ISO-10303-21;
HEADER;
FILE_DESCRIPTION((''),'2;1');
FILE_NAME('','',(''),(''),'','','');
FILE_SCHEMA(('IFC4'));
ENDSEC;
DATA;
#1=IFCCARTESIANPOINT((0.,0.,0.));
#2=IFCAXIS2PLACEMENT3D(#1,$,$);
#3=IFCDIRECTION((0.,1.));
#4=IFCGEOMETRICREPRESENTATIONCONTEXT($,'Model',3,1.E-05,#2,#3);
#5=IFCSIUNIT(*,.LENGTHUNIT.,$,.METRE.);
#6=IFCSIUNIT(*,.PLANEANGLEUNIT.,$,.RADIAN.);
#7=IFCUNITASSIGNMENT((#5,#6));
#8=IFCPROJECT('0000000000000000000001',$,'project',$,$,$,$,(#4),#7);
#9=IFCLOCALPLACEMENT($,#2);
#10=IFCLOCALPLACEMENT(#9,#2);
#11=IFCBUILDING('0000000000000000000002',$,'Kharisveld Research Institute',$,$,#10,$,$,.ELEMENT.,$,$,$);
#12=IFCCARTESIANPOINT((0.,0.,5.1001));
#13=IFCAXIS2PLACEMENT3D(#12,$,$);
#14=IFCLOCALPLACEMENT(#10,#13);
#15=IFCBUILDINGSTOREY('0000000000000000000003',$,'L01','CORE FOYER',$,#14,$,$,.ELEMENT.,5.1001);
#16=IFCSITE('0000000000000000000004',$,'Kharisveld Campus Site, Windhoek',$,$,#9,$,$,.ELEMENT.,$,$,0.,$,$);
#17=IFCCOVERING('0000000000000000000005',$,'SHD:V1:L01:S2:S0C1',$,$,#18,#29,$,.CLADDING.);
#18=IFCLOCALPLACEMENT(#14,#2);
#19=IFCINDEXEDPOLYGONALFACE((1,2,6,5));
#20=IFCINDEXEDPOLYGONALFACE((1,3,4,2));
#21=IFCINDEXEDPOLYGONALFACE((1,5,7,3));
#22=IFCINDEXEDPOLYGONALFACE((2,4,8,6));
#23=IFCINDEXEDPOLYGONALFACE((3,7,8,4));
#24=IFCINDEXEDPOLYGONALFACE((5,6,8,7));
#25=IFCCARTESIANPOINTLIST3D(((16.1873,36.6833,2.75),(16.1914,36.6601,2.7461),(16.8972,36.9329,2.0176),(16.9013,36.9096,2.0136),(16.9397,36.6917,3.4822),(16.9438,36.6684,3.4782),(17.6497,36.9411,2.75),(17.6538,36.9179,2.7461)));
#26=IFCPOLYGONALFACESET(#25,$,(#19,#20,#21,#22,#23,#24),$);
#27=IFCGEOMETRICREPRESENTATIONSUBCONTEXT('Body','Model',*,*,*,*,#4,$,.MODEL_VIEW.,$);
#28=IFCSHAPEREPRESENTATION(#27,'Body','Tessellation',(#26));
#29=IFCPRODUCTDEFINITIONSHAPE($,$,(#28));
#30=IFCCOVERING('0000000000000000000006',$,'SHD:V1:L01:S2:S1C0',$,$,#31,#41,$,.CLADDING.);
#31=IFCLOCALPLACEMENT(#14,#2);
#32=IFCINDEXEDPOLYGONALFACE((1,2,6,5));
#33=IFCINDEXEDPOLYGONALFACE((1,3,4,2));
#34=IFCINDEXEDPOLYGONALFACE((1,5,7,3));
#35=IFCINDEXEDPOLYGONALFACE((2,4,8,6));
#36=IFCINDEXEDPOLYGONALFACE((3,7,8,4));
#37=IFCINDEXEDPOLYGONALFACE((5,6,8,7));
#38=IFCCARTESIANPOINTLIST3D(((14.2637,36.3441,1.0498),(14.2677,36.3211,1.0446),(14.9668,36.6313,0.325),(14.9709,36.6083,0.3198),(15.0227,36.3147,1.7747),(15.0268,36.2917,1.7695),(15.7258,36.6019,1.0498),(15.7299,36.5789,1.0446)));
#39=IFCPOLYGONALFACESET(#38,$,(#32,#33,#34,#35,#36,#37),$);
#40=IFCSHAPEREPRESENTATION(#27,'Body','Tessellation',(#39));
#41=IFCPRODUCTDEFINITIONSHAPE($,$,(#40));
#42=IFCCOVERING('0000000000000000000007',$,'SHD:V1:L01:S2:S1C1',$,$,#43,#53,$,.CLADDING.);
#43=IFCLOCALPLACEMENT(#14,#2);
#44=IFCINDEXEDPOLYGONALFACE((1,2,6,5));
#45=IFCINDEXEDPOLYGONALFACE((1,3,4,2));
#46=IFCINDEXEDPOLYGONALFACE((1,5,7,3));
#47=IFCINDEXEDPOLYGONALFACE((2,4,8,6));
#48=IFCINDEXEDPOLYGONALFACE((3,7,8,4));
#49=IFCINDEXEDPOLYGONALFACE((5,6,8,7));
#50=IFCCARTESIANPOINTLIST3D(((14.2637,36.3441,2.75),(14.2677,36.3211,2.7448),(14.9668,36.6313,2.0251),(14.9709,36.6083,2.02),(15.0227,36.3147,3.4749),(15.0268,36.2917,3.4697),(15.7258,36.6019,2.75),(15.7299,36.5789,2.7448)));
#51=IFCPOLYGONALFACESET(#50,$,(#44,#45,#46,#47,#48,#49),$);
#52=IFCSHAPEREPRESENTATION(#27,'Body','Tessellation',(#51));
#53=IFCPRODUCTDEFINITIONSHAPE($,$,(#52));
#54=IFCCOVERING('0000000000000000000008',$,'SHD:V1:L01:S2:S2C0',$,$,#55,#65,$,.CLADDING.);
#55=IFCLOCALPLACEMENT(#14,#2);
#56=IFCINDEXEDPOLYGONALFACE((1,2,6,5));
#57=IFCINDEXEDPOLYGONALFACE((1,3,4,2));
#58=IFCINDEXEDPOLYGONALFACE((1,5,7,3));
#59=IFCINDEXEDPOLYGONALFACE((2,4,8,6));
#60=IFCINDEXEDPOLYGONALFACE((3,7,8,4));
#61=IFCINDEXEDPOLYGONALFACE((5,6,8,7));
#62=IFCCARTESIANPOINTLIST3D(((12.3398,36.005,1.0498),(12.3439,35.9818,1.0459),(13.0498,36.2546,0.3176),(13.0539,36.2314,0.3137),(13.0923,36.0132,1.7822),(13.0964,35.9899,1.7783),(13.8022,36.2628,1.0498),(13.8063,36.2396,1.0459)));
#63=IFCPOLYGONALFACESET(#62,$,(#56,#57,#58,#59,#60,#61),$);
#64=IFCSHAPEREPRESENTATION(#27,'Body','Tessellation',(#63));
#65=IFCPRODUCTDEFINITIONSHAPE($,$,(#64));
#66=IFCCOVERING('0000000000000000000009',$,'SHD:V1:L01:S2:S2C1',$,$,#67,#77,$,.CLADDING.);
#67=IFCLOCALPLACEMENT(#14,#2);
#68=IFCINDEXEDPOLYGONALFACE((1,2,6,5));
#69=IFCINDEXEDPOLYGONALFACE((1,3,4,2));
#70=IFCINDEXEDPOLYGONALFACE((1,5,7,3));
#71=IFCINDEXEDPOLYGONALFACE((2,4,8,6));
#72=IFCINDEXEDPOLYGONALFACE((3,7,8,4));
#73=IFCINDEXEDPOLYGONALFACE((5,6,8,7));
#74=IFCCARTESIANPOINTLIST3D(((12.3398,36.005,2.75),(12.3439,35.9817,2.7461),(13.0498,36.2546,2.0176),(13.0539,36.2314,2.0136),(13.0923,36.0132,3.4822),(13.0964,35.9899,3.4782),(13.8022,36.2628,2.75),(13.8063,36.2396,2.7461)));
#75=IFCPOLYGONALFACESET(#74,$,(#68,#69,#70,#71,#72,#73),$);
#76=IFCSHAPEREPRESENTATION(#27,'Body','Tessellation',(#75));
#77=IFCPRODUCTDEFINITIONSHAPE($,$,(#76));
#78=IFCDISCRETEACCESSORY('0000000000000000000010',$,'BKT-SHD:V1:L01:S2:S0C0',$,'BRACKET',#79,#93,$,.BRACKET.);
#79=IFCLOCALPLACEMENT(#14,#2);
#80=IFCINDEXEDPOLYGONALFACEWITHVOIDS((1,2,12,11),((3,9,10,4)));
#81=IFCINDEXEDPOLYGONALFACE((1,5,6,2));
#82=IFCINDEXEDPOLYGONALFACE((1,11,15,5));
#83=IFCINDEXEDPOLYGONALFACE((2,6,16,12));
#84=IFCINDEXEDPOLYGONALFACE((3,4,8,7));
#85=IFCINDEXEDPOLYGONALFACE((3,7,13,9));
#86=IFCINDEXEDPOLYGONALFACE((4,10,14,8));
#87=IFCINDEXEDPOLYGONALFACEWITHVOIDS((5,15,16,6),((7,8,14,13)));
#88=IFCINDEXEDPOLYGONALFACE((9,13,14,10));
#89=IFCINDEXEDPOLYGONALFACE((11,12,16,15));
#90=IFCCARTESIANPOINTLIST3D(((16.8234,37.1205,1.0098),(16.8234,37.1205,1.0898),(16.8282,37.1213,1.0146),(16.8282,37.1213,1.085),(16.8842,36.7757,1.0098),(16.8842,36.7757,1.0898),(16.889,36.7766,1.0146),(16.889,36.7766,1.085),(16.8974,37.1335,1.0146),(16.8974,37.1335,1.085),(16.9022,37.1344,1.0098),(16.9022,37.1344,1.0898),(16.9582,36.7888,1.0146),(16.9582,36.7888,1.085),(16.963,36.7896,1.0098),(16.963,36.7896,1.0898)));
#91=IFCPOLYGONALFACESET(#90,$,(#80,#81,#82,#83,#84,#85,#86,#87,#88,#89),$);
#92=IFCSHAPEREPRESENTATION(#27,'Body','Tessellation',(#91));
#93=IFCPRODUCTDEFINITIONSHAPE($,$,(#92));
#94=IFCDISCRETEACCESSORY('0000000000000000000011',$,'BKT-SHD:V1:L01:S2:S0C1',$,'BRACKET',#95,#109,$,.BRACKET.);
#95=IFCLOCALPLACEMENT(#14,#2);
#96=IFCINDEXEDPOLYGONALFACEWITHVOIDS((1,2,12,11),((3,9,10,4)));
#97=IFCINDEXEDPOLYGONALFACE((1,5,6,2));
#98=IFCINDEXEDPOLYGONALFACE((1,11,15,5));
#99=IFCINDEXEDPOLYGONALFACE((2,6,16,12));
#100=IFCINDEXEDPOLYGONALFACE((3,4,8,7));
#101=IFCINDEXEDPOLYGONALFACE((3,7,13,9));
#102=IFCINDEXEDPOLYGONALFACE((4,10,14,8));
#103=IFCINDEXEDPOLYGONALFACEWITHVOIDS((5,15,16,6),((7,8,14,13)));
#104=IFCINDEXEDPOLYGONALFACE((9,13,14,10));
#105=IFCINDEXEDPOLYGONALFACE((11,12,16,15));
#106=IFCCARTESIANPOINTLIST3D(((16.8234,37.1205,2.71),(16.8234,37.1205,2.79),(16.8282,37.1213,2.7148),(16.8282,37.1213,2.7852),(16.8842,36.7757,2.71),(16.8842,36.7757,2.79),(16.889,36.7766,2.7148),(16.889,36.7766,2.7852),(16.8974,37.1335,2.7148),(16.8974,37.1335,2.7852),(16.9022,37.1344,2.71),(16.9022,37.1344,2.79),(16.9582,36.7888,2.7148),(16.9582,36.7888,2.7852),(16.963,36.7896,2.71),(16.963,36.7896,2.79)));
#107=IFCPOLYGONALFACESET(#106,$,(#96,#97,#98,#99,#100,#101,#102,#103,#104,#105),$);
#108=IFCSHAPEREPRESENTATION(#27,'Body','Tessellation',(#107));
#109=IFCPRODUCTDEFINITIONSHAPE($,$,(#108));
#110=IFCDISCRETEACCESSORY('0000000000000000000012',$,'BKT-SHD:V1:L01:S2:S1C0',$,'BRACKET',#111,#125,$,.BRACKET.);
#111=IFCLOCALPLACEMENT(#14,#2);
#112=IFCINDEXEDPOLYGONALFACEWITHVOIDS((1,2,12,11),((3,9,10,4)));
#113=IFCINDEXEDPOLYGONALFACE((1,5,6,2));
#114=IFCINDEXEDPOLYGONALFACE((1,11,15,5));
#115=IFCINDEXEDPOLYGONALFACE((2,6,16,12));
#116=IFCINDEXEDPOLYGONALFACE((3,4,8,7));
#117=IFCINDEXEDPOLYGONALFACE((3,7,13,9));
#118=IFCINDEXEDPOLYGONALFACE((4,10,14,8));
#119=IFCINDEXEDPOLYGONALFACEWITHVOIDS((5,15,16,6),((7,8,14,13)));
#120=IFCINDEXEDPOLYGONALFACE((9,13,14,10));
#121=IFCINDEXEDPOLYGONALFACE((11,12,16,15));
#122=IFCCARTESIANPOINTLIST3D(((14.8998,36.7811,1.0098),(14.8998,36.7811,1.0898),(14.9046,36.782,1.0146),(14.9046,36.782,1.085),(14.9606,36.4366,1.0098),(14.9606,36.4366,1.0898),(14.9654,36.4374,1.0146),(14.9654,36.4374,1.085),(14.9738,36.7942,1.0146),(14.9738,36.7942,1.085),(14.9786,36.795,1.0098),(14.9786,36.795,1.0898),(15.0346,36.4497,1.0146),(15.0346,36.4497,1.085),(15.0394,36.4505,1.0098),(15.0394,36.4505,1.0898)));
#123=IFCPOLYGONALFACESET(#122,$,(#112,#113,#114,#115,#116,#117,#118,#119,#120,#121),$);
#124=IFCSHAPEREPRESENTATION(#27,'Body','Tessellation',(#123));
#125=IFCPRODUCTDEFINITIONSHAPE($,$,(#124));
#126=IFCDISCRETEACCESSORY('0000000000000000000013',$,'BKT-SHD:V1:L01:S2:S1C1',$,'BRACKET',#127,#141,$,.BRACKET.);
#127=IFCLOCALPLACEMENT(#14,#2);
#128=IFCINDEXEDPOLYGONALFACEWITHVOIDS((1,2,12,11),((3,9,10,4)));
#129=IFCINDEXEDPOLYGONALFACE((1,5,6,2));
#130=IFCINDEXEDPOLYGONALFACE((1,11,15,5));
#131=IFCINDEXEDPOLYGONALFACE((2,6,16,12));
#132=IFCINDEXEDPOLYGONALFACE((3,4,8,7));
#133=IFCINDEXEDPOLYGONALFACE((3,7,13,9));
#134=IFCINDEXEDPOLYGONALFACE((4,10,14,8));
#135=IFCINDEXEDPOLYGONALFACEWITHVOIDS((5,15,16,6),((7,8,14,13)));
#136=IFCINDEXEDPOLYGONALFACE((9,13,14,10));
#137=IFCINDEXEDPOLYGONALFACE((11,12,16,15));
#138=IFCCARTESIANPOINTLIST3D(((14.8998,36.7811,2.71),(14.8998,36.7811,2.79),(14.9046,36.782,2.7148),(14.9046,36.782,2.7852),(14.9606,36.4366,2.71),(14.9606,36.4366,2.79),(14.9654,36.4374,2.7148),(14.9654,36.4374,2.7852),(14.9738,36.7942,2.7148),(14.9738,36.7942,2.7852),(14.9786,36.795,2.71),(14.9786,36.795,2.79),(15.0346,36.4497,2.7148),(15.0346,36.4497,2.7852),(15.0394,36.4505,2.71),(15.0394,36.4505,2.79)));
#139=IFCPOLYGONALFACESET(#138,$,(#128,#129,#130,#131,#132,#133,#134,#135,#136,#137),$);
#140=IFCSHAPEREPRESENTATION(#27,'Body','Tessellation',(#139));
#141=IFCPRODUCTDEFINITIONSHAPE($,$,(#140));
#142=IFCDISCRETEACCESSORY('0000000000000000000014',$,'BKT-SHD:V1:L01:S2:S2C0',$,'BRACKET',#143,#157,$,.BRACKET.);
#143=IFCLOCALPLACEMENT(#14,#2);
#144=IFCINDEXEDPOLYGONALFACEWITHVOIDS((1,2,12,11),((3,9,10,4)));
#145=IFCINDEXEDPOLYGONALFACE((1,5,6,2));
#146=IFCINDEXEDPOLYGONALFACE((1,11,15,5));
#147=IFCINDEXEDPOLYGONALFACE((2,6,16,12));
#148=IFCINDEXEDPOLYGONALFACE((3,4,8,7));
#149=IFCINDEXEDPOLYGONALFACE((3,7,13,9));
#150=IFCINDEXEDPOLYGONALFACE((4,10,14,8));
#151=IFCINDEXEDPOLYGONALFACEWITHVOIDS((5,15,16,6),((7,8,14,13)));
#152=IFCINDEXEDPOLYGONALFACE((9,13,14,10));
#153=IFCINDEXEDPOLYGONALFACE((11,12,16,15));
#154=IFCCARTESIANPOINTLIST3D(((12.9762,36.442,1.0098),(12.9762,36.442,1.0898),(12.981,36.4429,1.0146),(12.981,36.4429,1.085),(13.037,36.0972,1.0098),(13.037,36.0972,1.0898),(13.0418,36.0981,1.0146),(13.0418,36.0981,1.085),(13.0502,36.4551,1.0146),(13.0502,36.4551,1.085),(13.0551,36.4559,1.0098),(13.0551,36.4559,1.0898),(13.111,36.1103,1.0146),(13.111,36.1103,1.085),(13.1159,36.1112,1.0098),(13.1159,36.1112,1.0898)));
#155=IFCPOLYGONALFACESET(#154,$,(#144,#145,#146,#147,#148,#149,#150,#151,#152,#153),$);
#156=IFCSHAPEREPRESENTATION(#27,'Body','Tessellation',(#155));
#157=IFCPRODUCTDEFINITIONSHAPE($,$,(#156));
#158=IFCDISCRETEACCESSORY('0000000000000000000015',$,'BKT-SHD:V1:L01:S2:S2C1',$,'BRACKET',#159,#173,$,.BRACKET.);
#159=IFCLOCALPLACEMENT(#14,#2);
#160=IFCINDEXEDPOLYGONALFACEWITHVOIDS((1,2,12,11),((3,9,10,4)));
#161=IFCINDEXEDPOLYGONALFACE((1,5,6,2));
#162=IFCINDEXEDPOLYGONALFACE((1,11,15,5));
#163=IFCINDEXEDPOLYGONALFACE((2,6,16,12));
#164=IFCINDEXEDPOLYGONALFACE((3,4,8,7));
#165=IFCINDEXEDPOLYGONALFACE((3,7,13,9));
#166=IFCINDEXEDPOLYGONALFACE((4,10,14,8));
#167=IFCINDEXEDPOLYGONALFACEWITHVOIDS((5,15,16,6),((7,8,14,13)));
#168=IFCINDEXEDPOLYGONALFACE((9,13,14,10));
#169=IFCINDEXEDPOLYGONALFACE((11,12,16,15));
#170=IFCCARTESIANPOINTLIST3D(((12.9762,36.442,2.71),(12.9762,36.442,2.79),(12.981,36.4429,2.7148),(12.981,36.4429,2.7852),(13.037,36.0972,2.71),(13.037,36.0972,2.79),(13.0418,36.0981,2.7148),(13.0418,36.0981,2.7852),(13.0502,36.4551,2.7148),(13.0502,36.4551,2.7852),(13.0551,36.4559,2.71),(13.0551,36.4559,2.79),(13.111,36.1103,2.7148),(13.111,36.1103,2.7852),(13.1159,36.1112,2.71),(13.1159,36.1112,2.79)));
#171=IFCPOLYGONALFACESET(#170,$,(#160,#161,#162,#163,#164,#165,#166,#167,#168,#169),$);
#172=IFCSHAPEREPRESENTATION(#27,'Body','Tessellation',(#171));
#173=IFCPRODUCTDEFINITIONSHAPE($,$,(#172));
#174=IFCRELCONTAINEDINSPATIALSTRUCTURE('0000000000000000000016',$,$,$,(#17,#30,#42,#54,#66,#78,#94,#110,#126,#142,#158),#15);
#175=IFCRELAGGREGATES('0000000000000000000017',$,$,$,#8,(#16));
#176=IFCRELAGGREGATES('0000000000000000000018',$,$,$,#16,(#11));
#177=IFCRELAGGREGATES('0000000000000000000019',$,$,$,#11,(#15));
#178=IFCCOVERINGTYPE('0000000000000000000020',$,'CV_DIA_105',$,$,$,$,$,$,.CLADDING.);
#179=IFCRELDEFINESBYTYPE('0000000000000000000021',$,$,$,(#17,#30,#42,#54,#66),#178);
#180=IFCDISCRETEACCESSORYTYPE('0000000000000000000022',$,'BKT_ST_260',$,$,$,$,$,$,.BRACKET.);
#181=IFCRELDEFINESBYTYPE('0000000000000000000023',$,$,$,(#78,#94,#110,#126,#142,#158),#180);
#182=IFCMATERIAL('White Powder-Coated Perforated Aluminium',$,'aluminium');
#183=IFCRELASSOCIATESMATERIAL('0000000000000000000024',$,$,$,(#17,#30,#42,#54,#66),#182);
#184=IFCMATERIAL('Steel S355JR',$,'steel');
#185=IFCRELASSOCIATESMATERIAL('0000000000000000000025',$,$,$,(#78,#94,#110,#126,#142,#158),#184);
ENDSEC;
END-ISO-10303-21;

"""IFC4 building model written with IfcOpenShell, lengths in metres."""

from ifc_helpers import new_model, si_unit, direction, frame, origin, origin_2d, place, context, subcontext, project, spatial, polyline, hollow_rectangle, outline, extrude, material, type_object, element, save


model = new_model("IFC4")

# Units and contexts
model_context = context("Model", 3, precision=1e-05, world=origin(), true_north=direction((0.0, 1.0)))
body_context = subcontext(model_context, "Body", "Model", "MODEL_VIEW")
ifc_project = project(units=[si_unit("LENGTHUNIT", "METRE"), si_unit("PLANEANGLEUNIT", "RADIAN")], contexts=[model_context])

# Site, building, storey
site_placement = place(None, origin())
site = spatial("IfcSite", under=ifc_project, at=site_placement, Name="Kharisveld Campus Site, Windhoek", CompositionType="ELEMENT", RefElevation=0.0)
building_placement = place(site_placement, origin())
building = spatial("IfcBuilding", under=site, at=building_placement, Name="Kharisveld Research Institute", CompositionType="ELEMENT")
storey_placement = place(building_placement, frame((0.0, 0.0, 5.1001)))
storey = spatial("IfcBuildingStorey", under=building, at=storey_placement, Name="L01", Description="CORE FOYER", CompositionType="ELEMENT", Elevation=5.1001)

# Coverings
ifc_material_1 = material(Name="White Powder-Coated Perforated Aluminium", Category="aluminium")
covering_type = type_object("IfcCoveringType", Name="CV_DIA_105", PredefinedType="CLADDING")
covering_1_placement = place(storey_placement, frame((16.8972, 36.9329, 2.0176), z_axis=(-0.171239, 0.971325, 0.164938), x_axis=(-0.676076, -0.237623, 0.697465)))
element("IfcCovering", 1, at=covering_1_placement, inside=storey, type_object=covering_type, material=ifc_material_1, Name="SHD:V1:L01:S2:S0C1", PredefinedType="CLADDING", context=body_context, shape_type="SweptSolid", body=[
    extrude(outline(polyline([(0.0, 0.0), (1.0501, 0.0), (1.0501, 1.0499), (0.0002, 1.0501), (0.0, 0.0)])), origin(), (0.0, 0.0, -1.0), 0.0239),
])
for number, where, z_axis, x_axis, name in (
    (2, (14.9668, 36.6313, 0.325), (-0.169525, 0.961443, 0.21654), (-0.669706, -0.273579, 0.690397), "SHD:V1:L01:S2:S1C0"),
    (3, (14.9668, 36.6313, 2.0251), (-0.169525, 0.961443, 0.21654), (-0.669706, -0.273579, 0.690397), "SHD:V1:L01:S2:S1C1"),
):
    element("IfcCovering", number, at=place(storey_placement, frame(where, z_axis=z_axis, x_axis=x_axis)), inside=storey, type_object=covering_type, material=ifc_material_1, Name=name, PredefinedType="CLADDING", context=body_context, shape_type="SweptSolid", body=[
        extrude(outline(polyline([(0.0, 0.0), (1.0499, 0.0), (1.0501, 1.05), (0.0001, 1.05), (0.0, 0.0)])), origin(), (0.0, 0.0, -1.0), 0.0239),
    ])
covering_2_placement = place(storey_placement, frame((13.0498, 36.2546, 0.3176), z_axis=(-0.171234, 0.971299, 0.165096), x_axis=(-0.676174, -0.237734, 0.697332)))
element("IfcCovering", 4, at=covering_2_placement, inside=storey, type_object=covering_type, material=ifc_material_1, Name="SHD:V1:L01:S2:S2C0", PredefinedType="CLADDING", context=body_context, shape_type="SweptSolid", body=[
    extrude(outline(polyline([(0.0, 0.0), (1.05, 0.0), (1.05, 1.0501), (-0.0001, 1.0499), (0.0, 0.0)])), origin(), (0.0, 0.0, -1.0), 0.0239),
])
covering_3_placement = place(storey_placement, frame((13.0498, 36.2546, 2.0176), z_axis=(-0.171234, 0.971299, 0.165096), x_axis=(-0.676058, -0.237732, 0.697445)))
element("IfcCovering", 5, at=covering_3_placement, inside=storey, type_object=covering_type, material=ifc_material_1, Name="SHD:V1:L01:S2:S2C1", PredefinedType="CLADDING", context=body_context, shape_type="SweptSolid", body=[
    extrude(outline(polyline([(0.0, 0.0), (1.0502, 0.0), (1.0502, 1.0499), (0.0002, 1.0501), (0.0, 0.0)])), origin(), (0.0, 0.0, -1.0), 0.0239),
])

# Discrete accessories
ifc_material_2 = material(Name="Steel S355JR", Category="steel")
discrete_accessory_type = type_object("IfcDiscreteAccessoryType", Name="BKT_ST_260", PredefinedType="BRACKET")
for number, where, z_axis, x_axis, name in (
    (6, (16.8628, 37.1274, 1.0498), (0.173666, -0.984805, 0.0), (0.984805, 0.173666, 0.0), "BKT-SHD:V1:L01:S2:S0C0"),
    (7, (16.8628, 37.1274, 2.75), (0.173666, -0.984805, 0.0), (0.984805, 0.173666, 0.0), "BKT-SHD:V1:L01:S2:S0C1"),
):
    element("IfcDiscreteAccessory", number, at=place(storey_placement, frame(where, z_axis=z_axis, x_axis=x_axis)), inside=storey, type_object=discrete_accessory_type, material=ifc_material_2, Name=name, ObjectType="BRACKET", PredefinedType="BRACKET", context=body_context, shape_type="SweptSolid", body=[
        extrude(hollow_rectangle(XDim=0.0801, YDim=0.0801, WallThickness=0.0049, at=origin_2d()), origin(), (0.0, 0.0, 1.0), 0.3501),
    ])
for number, where, z_axis, x_axis, name in (
    (8, (14.9392, 36.7881, 1.0498), (0.173785, -0.984784, 0.0), (0.984784, 0.173785, 0.0), "BKT-SHD:V1:L01:S2:S1C0"),
    (9, (14.9392, 36.7881, 2.75), (0.173785, -0.984784, 0.0), (0.984784, 0.173785, 0.0), "BKT-SHD:V1:L01:S2:S1C1"),
):
    element("IfcDiscreteAccessory", number, at=place(storey_placement, frame(where, z_axis=z_axis, x_axis=x_axis)), inside=storey, type_object=discrete_accessory_type, material=ifc_material_2, Name=name, ObjectType="BRACKET", PredefinedType="BRACKET", context=body_context, shape_type="SweptSolid", body=[
        extrude(hollow_rectangle(XDim=0.0801, YDim=0.0801, WallThickness=0.0049, at=origin_2d()), origin(), (0.0, 0.0, 1.0), 0.3499),
    ])
for number, where, z_axis, x_axis, name in (
    (10, (13.0156, 36.449, 1.0498), (0.173666, -0.984805, 0.0), (0.984805, 0.173666, 0.0), "BKT-SHD:V1:L01:S2:S2C0"),
    (11, (13.0156, 36.449, 2.75), (0.173666, -0.984805, 0.0), (0.984805, 0.173666, 0.0), "BKT-SHD:V1:L01:S2:S2C1"),
):
    element("IfcDiscreteAccessory", number, at=place(storey_placement, frame(where, z_axis=z_axis, x_axis=x_axis)), inside=storey, type_object=discrete_accessory_type, material=ifc_material_2, Name=name, ObjectType="BRACKET", PredefinedType="BRACKET", context=body_context, shape_type="SweptSolid", body=[
        extrude(hollow_rectangle(XDim=0.0801, YDim=0.0801, WallThickness=0.0049, at=origin_2d()), origin(), (0.0, 0.0, 1.0), 0.3501),
    ])

save(model, "model.ifc")
